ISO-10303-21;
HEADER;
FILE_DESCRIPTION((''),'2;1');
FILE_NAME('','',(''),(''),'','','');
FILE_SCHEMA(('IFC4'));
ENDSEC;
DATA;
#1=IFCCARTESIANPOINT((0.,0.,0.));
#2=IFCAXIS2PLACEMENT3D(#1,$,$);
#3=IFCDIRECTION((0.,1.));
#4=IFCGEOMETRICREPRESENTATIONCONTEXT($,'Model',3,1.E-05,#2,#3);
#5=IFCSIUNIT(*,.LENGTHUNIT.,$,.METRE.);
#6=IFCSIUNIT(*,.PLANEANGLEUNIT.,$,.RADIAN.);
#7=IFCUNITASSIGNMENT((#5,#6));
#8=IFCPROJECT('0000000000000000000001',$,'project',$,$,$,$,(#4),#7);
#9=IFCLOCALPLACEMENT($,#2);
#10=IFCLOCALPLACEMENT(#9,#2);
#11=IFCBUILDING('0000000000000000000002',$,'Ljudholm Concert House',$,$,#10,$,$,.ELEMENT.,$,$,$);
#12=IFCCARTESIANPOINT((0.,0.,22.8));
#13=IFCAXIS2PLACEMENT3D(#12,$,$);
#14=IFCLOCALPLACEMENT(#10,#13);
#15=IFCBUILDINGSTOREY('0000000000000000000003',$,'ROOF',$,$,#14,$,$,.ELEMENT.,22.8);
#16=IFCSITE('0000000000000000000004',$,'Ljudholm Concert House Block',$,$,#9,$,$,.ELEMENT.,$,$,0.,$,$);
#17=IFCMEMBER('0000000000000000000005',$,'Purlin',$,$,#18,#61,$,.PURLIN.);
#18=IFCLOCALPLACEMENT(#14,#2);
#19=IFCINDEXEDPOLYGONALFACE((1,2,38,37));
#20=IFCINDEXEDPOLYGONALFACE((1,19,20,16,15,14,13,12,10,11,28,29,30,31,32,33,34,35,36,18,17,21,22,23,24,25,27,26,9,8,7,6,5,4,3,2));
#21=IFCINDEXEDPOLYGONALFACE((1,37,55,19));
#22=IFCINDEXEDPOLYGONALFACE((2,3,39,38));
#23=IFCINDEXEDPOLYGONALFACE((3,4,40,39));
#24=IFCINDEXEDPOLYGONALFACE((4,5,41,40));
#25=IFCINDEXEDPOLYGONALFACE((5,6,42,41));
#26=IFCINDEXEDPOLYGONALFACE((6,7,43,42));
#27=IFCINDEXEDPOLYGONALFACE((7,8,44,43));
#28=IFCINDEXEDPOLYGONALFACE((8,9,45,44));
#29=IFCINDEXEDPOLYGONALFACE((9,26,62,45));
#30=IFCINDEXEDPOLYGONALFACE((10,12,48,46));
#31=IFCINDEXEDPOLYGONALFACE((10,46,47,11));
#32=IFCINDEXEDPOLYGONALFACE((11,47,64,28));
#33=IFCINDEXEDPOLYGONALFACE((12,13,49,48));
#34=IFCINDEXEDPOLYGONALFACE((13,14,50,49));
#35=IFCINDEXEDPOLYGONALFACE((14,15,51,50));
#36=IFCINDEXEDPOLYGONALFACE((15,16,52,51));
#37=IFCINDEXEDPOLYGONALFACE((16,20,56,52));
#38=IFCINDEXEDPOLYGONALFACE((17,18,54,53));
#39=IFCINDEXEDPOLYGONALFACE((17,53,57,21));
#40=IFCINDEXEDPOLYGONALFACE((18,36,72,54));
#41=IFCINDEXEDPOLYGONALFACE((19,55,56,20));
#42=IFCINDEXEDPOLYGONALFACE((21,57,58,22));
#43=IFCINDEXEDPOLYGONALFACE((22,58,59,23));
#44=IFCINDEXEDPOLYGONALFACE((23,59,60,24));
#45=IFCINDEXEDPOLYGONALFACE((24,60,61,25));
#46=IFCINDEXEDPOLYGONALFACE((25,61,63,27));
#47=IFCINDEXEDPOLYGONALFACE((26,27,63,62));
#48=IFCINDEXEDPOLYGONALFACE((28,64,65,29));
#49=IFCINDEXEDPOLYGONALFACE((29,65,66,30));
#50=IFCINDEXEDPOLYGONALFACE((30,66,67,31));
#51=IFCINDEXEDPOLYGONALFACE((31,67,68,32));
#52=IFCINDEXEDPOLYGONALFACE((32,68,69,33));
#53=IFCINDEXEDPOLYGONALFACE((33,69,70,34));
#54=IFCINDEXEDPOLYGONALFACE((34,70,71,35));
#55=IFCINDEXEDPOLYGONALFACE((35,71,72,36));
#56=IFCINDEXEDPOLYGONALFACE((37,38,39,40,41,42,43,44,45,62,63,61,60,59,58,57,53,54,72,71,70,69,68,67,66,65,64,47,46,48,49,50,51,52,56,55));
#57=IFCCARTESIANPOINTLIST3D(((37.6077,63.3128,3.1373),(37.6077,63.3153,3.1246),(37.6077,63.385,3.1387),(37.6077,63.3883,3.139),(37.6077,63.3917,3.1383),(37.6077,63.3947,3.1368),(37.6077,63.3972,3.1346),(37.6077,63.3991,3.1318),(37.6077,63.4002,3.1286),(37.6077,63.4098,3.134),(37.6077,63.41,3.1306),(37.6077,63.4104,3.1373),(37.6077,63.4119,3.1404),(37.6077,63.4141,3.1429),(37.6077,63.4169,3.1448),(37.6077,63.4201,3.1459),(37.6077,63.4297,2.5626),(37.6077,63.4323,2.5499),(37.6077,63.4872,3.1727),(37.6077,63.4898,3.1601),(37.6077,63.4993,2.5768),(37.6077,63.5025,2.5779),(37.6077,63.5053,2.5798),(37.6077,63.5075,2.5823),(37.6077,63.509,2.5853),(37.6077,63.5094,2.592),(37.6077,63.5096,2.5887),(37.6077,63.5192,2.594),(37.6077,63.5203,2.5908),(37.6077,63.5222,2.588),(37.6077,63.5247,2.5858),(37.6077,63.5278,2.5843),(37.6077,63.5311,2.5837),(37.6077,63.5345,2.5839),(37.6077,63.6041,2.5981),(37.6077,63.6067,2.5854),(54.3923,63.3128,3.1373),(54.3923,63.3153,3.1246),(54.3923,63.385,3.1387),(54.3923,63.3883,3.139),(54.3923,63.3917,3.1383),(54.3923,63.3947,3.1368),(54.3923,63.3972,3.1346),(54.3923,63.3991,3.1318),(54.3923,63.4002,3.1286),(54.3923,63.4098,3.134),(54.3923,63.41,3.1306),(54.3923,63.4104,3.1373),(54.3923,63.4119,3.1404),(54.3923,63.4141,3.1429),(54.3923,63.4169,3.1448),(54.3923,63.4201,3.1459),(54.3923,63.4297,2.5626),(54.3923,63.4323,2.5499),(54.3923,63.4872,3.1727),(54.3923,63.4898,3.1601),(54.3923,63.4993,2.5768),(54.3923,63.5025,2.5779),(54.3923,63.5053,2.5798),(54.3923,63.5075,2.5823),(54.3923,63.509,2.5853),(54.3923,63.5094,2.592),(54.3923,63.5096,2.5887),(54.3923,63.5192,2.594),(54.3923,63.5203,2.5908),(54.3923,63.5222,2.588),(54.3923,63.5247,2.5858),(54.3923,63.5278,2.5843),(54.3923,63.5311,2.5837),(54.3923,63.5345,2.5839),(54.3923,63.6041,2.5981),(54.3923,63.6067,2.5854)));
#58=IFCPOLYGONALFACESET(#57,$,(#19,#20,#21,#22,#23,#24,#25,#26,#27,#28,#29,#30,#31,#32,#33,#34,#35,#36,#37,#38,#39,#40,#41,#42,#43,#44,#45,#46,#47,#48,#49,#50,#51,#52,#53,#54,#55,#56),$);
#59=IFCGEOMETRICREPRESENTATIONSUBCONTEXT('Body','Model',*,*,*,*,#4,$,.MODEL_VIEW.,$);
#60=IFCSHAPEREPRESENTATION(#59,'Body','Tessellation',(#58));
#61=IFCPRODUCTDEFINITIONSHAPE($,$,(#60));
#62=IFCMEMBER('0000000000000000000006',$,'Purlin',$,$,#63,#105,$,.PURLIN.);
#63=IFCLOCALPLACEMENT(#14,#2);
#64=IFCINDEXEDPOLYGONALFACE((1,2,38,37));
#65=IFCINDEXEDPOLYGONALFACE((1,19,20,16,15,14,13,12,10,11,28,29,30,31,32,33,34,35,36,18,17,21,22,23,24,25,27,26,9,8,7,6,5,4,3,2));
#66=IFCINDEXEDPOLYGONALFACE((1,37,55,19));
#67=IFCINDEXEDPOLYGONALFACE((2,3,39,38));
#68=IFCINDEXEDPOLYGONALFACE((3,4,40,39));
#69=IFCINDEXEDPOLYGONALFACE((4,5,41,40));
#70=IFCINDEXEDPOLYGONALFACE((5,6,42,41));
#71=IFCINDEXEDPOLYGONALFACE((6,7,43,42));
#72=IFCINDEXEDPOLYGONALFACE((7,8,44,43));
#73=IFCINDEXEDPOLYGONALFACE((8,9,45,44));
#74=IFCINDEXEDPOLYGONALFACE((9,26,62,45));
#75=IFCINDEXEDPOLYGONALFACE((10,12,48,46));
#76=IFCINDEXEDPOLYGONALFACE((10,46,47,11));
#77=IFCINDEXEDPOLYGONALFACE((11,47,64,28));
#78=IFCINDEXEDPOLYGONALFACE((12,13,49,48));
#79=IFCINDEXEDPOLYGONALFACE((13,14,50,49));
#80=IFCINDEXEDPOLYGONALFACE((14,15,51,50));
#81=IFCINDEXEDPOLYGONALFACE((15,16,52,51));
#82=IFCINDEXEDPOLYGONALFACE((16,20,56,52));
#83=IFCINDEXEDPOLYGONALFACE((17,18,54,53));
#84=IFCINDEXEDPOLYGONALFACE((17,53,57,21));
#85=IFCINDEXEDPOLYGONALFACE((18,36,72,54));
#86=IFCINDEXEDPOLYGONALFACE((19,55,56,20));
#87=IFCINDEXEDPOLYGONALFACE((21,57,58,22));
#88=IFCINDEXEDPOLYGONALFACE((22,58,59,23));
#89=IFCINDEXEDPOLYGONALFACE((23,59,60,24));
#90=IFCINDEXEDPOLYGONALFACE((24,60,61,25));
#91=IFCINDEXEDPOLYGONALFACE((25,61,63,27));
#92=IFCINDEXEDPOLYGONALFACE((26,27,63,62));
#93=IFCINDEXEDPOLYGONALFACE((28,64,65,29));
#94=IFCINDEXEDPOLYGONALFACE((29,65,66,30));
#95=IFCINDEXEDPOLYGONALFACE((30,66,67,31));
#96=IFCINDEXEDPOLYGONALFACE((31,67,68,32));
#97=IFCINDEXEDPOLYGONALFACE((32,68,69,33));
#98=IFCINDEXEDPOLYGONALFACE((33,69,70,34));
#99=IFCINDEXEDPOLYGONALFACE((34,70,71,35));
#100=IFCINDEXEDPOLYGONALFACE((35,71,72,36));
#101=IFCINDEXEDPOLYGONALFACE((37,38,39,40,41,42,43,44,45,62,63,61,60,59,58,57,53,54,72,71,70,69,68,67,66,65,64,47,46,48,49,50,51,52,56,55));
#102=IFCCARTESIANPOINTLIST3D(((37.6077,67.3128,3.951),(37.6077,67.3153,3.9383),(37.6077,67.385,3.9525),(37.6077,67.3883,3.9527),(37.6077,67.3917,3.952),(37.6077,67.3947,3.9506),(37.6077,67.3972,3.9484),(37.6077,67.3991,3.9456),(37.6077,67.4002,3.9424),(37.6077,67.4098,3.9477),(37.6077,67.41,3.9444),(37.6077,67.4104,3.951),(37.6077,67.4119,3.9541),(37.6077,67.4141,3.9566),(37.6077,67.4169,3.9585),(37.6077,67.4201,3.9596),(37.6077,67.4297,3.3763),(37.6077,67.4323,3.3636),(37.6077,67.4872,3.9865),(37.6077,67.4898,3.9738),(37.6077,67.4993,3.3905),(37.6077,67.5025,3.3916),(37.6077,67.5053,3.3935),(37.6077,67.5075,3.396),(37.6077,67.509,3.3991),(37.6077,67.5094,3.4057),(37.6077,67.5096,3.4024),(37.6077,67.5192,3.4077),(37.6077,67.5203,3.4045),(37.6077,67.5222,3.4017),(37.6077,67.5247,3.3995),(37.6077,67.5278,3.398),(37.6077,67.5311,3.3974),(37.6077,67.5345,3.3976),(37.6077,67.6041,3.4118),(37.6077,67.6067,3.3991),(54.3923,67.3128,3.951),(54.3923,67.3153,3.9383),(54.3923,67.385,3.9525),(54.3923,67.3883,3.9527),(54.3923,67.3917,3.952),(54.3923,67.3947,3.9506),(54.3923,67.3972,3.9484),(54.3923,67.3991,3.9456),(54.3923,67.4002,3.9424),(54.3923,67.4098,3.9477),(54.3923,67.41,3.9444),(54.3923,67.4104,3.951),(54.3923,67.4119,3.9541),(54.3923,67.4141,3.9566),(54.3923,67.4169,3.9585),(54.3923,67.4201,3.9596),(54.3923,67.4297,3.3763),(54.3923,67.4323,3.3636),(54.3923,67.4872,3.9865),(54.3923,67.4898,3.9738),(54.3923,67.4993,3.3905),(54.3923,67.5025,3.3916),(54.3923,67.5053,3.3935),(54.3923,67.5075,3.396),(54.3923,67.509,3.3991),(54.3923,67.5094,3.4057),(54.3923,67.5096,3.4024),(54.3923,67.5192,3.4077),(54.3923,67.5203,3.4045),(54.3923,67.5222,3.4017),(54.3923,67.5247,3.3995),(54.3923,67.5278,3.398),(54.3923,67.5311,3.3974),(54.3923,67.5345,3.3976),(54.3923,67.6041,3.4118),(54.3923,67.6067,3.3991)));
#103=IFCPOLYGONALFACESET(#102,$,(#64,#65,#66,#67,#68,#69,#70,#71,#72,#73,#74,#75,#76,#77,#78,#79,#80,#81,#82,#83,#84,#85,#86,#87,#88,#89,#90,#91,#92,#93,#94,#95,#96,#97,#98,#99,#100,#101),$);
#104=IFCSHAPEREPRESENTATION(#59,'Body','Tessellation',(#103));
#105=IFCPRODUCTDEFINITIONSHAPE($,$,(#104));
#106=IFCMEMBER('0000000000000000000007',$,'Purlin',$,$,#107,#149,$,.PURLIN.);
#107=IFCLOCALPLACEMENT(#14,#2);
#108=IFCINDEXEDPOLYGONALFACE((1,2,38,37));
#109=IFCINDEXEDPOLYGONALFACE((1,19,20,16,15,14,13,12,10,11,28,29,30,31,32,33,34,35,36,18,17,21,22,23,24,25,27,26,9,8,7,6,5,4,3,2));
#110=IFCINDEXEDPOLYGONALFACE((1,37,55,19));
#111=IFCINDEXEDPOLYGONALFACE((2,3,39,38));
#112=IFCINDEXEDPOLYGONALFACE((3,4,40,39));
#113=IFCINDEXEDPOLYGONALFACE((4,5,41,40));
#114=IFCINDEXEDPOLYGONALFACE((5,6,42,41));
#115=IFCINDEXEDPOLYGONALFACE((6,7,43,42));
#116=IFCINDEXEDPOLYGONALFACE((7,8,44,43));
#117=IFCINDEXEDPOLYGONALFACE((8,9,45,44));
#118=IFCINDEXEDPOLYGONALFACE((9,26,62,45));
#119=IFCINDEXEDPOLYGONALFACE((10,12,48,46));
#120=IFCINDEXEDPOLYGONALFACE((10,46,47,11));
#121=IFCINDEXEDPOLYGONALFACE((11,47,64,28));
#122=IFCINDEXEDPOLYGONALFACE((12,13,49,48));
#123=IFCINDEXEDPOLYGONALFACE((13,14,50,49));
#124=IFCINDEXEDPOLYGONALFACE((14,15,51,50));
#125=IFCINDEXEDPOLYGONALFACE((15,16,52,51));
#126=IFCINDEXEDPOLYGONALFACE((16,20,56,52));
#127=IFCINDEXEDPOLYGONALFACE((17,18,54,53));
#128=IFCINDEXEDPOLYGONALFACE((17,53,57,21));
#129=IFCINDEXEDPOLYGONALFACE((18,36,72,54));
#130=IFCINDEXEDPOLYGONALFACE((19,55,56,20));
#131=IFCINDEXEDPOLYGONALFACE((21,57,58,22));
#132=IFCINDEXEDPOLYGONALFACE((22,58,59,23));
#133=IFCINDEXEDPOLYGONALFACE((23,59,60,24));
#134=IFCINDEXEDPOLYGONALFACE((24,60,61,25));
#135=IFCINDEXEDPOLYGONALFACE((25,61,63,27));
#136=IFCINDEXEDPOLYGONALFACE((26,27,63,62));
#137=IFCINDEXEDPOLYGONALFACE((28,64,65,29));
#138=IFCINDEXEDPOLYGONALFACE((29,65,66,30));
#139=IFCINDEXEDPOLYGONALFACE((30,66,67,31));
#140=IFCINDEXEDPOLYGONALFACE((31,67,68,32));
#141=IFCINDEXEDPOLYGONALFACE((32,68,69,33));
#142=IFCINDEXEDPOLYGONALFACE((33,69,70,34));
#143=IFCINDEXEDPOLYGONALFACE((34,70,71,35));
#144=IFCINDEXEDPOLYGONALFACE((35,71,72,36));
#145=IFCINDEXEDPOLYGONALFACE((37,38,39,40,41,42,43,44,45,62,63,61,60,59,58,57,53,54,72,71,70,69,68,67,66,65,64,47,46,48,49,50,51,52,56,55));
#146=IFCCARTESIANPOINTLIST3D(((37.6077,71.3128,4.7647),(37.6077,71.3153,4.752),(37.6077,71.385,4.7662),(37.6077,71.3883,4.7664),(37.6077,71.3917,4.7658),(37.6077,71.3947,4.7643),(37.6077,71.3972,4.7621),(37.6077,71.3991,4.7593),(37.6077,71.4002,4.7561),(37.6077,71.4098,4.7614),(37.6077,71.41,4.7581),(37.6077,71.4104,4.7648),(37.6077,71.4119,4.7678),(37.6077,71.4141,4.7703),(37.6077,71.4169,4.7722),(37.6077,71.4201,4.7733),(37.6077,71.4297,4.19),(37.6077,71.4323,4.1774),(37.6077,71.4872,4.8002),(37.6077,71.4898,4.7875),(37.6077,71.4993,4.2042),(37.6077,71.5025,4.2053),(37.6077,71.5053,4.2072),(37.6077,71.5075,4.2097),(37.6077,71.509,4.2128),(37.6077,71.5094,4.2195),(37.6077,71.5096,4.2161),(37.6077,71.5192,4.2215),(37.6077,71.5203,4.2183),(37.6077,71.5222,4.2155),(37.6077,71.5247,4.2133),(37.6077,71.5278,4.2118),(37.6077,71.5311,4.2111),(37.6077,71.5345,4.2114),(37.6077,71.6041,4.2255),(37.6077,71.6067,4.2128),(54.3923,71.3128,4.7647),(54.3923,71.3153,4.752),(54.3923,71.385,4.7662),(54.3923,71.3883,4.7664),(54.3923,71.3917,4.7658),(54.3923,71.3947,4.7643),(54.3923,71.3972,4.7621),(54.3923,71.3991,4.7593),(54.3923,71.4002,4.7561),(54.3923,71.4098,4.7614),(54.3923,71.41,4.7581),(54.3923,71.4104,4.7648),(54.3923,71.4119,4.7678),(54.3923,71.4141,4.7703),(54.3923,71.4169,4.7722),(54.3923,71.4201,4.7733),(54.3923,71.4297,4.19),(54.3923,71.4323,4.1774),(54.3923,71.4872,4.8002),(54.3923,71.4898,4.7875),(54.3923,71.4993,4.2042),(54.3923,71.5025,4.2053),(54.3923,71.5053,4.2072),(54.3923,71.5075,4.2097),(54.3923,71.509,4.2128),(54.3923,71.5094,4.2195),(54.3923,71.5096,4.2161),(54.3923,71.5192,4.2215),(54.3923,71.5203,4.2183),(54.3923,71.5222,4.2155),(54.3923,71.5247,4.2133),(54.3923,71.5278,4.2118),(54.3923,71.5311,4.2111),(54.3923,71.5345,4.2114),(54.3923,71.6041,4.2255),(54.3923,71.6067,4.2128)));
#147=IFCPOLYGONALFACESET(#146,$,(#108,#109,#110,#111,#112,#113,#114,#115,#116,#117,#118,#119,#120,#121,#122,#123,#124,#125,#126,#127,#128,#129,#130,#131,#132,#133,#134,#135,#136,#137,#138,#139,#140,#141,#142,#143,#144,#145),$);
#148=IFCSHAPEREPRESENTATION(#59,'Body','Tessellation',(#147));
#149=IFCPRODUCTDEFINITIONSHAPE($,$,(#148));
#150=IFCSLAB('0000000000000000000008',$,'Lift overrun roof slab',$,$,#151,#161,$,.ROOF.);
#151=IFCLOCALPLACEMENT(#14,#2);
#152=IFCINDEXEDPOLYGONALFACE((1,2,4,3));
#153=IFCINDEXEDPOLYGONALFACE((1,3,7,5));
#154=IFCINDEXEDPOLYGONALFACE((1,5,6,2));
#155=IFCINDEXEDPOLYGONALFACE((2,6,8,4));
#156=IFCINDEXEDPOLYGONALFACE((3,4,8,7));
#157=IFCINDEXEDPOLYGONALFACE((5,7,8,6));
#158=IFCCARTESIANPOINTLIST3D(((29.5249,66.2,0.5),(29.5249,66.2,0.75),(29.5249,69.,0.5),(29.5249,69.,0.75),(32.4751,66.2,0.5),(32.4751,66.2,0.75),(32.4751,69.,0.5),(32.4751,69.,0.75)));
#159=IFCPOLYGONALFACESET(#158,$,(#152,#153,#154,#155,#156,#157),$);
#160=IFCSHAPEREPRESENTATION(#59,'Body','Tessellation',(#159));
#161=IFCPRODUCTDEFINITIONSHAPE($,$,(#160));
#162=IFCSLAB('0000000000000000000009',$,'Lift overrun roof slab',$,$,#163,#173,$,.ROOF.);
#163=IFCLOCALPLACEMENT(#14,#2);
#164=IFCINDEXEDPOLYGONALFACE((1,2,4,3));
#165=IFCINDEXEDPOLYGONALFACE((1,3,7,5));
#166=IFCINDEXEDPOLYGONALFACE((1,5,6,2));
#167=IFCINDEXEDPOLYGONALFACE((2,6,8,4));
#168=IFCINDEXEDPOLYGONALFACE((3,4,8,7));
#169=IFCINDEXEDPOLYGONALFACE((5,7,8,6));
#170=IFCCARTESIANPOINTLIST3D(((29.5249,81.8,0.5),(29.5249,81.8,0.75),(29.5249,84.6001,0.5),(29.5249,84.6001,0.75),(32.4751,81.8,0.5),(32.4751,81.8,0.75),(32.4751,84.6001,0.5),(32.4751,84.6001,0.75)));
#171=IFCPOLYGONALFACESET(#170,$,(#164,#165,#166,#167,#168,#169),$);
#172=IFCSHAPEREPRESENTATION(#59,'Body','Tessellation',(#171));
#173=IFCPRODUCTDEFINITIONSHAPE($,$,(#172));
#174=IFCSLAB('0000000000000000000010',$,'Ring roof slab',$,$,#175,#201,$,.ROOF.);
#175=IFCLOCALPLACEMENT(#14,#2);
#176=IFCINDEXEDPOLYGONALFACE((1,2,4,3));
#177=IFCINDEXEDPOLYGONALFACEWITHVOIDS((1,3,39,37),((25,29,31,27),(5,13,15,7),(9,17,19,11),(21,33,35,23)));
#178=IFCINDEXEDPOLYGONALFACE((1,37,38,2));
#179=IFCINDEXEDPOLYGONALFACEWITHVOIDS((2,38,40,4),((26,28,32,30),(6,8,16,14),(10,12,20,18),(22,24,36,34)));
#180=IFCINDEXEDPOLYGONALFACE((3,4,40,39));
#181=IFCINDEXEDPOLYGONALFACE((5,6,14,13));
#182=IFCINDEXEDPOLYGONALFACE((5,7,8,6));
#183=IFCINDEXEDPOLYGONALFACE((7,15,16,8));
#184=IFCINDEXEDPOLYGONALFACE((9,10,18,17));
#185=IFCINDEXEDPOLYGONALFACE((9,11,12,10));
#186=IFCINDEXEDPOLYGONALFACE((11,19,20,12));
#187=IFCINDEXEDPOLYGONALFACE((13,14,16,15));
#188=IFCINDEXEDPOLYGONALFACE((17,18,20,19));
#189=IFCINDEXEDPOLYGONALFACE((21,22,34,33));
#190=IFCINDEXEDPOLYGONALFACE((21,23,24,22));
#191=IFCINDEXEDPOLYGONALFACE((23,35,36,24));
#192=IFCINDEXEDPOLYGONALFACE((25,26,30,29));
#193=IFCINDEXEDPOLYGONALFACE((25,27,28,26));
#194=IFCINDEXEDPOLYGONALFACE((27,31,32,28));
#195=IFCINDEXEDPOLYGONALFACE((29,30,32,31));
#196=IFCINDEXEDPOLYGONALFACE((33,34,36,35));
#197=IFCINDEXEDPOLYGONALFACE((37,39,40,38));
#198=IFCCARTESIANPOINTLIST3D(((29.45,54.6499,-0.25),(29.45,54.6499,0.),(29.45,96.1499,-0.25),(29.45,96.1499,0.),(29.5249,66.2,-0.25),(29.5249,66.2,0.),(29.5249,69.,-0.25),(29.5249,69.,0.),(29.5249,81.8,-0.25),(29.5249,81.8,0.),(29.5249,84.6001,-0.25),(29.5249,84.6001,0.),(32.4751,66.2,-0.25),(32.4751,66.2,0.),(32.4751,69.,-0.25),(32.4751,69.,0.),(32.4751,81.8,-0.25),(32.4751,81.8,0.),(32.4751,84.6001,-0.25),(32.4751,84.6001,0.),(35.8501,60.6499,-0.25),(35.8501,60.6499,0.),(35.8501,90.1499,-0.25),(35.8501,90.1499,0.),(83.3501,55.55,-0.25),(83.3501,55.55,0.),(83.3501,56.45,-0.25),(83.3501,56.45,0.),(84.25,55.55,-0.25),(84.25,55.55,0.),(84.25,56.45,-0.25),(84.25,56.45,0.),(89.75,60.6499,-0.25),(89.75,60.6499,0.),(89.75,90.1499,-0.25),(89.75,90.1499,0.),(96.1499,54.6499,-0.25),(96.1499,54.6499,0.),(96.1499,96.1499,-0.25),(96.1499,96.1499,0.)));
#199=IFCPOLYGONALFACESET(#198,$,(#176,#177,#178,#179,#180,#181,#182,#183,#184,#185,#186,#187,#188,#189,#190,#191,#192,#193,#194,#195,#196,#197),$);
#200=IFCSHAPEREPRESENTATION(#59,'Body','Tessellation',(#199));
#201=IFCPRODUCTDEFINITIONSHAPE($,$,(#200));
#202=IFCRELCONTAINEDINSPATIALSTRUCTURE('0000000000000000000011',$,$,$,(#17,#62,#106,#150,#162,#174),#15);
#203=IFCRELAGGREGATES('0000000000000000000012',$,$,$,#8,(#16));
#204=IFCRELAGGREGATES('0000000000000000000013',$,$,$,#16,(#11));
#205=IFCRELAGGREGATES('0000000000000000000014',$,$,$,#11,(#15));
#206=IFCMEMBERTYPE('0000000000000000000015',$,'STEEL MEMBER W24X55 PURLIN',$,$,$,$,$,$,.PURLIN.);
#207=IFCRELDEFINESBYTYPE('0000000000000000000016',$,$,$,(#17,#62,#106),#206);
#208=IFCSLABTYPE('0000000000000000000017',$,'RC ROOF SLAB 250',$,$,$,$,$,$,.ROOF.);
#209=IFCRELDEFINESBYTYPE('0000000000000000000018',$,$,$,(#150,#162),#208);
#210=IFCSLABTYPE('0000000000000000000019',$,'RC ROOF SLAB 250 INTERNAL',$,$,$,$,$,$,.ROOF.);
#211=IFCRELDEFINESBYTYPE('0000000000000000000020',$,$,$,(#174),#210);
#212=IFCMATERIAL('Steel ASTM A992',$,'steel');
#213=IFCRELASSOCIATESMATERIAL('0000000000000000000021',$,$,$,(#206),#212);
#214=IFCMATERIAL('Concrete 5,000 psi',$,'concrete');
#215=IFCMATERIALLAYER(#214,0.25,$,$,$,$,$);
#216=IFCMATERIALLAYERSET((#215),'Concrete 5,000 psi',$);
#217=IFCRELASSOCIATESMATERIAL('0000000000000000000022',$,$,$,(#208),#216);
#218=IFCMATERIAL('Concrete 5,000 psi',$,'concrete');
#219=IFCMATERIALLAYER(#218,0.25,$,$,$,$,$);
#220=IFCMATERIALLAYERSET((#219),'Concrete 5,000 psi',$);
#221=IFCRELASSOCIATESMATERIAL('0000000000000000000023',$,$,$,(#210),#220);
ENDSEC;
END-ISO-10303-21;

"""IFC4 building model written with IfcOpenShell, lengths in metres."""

from ifc_helpers import new_model, si_unit, direction, frame, origin, origin_2d, place, context, subcontext, project, spatial, polyline, i_section, outline, extrude, material, layer, layer_set, material_profile, profile_set, type_object, element, save


model = new_model("IFC4")

# Units and contexts
model_context = context("Model", 3, precision=1e-05, world=origin(), true_north=direction((0.0, 1.0)))
body_context = subcontext(model_context, "Body", "Model", "MODEL_VIEW")
ifc_project = project(units=[si_unit("LENGTHUNIT", "METRE"), si_unit("PLANEANGLEUNIT", "RADIAN")], contexts=[model_context])

# Site, building, storey
site_placement = place(None, origin())
site = spatial("IfcSite", under=ifc_project, at=site_placement, Name="Ljudholm Concert House Block", CompositionType="ELEMENT", RefElevation=0.0)
building_placement = place(site_placement, origin())
building = spatial("IfcBuilding", under=site, at=building_placement, Name="Ljudholm Concert House", CompositionType="ELEMENT")
storey_placement = place(building_placement, frame((0.0, 0.0, 22.8)))
storey = spatial("IfcBuildingStorey", under=building, at=storey_placement, Name="ROOF", CompositionType="ELEMENT", Elevation=22.8)

# Members
ifc_material_1 = material(Name="Steel ASTM A992", Category="steel")
ifc_material_profile_1 = material_profile(ifc_material_1, i_section(OverallWidth=0.178, OverallDepth=0.5994, WebThickness=0.01, FlangeThickness=0.0129, FilletRadius=0.0129, at=origin_2d()), Name="W24X55")
ifc_profile_set_1 = profile_set([ifc_material_profile_1], Name="Steel ASTM A992")
member_type_1 = type_object("IfcMemberType", Name="STEEL MEMBER W24X55 PURLIN", PredefinedType="PURLIN", material=ifc_profile_set_1)
for number, where, z_axis, x_axis, name in (
    (1, (37.6077, 63.4597, 2.8613), (1.0, 0.0, 0.0), (0.0, 0.979925, 0.199368), "Purlin"),
    (2, (37.6077, 67.4597, 3.675), (1.0, 0.0, 0.0), (0.0, 0.979925, 0.199368), "Purlin"),
    (3, (37.6077, 71.4597, 4.4888), (1.0, 0.0, 0.0), (0.0, 0.979925, 0.199368), "Purlin"),
):
    element("IfcMember", number, at=place(storey_placement, frame(where, z_axis=z_axis, x_axis=x_axis)), inside=storey, type_object=member_type_1, Name=name, PredefinedType="PURLIN", context=body_context, shape_type="SweptSolid", body=[
        extrude(i_section(OverallWidth=0.178, OverallDepth=0.5994, WebThickness=0.01, FlangeThickness=0.0129, FilletRadius=0.0129, at=origin_2d()), origin(), (0.0, 0.0, 1.0), 16.7847),
    ])

# Slabs
ifc_material_2 = material(Name="Concrete 5,000 psi", Category="concrete")
ifc_layer_1 = layer(ifc_material_2, 0.25)
ifc_layer_set_1 = layer_set([ifc_layer_1], Name="Concrete 5,000 psi")
slab_type_1 = type_object("IfcSlabType", Name="RC ROOF SLAB 250", PredefinedType="ROOF", material=ifc_layer_set_1)
slab_1_placement = place(storey_placement, frame((0.0, 0.0, 0.5)))
element("IfcSlab", 4, at=slab_1_placement, inside=storey, type_object=slab_type_1, Name="Lift overrun roof slab", PredefinedType="ROOF", context=body_context, shape_type="SweptSolid", body=[
    extrude(outline(polyline([(29.5249, 66.2), (32.4751, 66.2), (32.4751, 69.0), (29.5249, 69.0), (29.5249, 66.2)])), origin(), (0.0, 0.0, 1.0), 0.25),
])
slab_2_placement = place(storey_placement, frame((0.0, 0.0, 0.5)))
element("IfcSlab", 5, at=slab_2_placement, inside=storey, type_object=slab_type_1, Name="Lift overrun roof slab", PredefinedType="ROOF", context=body_context, shape_type="SweptSolid", body=[
    extrude(outline(polyline([(29.5249, 81.8), (32.4751, 81.8), (32.4751, 84.6001), (29.5249, 84.6001), (29.5249, 81.8)])), origin(), (0.0, 0.0, 1.0), 0.25),
])
ifc_material_3 = material(Name="Concrete 5,000 psi", Category="concrete")
ifc_layer_2 = layer(ifc_material_3, 0.25)
ifc_layer_set_2 = layer_set([ifc_layer_2], Name="Concrete 5,000 psi")
slab_type_2 = type_object("IfcSlabType", Name="RC ROOF SLAB 250 INTERNAL", PredefinedType="ROOF", material=ifc_layer_set_2)
slab_3_placement = place(storey_placement, frame((0.0, 0.0, -0.25)))
element("IfcSlab", 6, at=slab_3_placement, inside=storey, type_object=slab_type_2, Name="Ring roof slab", PredefinedType="ROOF", context=body_context, shape_type="SweptSolid", body=[
    extrude(outline(polyline([(29.45, 54.6499), (29.45, 96.1499), (96.1499, 96.1499), (96.1499, 54.6499), (29.45, 54.6499)]), holes=[polyline([(83.3501, 55.55), (84.25, 55.55), (84.25, 56.45), (83.3501, 56.45), (83.3501, 55.55)]), polyline([(29.5249, 66.2), (32.4751, 66.2), (32.4751, 69.0), (29.5249, 69.0), (29.5249, 66.2)]), polyline([(35.8501, 60.6499), (89.75, 60.6499), (89.75, 90.1499), (35.8501, 90.1499), (35.8501, 60.6499)]), polyline([(29.5249, 81.8), (32.4751, 81.8), (32.4751, 84.6001), (29.5249, 84.6001), (29.5249, 81.8)])]), origin(), (0.0, 0.0, 1.0), 0.25),
])

save(model, "model.ifc")
